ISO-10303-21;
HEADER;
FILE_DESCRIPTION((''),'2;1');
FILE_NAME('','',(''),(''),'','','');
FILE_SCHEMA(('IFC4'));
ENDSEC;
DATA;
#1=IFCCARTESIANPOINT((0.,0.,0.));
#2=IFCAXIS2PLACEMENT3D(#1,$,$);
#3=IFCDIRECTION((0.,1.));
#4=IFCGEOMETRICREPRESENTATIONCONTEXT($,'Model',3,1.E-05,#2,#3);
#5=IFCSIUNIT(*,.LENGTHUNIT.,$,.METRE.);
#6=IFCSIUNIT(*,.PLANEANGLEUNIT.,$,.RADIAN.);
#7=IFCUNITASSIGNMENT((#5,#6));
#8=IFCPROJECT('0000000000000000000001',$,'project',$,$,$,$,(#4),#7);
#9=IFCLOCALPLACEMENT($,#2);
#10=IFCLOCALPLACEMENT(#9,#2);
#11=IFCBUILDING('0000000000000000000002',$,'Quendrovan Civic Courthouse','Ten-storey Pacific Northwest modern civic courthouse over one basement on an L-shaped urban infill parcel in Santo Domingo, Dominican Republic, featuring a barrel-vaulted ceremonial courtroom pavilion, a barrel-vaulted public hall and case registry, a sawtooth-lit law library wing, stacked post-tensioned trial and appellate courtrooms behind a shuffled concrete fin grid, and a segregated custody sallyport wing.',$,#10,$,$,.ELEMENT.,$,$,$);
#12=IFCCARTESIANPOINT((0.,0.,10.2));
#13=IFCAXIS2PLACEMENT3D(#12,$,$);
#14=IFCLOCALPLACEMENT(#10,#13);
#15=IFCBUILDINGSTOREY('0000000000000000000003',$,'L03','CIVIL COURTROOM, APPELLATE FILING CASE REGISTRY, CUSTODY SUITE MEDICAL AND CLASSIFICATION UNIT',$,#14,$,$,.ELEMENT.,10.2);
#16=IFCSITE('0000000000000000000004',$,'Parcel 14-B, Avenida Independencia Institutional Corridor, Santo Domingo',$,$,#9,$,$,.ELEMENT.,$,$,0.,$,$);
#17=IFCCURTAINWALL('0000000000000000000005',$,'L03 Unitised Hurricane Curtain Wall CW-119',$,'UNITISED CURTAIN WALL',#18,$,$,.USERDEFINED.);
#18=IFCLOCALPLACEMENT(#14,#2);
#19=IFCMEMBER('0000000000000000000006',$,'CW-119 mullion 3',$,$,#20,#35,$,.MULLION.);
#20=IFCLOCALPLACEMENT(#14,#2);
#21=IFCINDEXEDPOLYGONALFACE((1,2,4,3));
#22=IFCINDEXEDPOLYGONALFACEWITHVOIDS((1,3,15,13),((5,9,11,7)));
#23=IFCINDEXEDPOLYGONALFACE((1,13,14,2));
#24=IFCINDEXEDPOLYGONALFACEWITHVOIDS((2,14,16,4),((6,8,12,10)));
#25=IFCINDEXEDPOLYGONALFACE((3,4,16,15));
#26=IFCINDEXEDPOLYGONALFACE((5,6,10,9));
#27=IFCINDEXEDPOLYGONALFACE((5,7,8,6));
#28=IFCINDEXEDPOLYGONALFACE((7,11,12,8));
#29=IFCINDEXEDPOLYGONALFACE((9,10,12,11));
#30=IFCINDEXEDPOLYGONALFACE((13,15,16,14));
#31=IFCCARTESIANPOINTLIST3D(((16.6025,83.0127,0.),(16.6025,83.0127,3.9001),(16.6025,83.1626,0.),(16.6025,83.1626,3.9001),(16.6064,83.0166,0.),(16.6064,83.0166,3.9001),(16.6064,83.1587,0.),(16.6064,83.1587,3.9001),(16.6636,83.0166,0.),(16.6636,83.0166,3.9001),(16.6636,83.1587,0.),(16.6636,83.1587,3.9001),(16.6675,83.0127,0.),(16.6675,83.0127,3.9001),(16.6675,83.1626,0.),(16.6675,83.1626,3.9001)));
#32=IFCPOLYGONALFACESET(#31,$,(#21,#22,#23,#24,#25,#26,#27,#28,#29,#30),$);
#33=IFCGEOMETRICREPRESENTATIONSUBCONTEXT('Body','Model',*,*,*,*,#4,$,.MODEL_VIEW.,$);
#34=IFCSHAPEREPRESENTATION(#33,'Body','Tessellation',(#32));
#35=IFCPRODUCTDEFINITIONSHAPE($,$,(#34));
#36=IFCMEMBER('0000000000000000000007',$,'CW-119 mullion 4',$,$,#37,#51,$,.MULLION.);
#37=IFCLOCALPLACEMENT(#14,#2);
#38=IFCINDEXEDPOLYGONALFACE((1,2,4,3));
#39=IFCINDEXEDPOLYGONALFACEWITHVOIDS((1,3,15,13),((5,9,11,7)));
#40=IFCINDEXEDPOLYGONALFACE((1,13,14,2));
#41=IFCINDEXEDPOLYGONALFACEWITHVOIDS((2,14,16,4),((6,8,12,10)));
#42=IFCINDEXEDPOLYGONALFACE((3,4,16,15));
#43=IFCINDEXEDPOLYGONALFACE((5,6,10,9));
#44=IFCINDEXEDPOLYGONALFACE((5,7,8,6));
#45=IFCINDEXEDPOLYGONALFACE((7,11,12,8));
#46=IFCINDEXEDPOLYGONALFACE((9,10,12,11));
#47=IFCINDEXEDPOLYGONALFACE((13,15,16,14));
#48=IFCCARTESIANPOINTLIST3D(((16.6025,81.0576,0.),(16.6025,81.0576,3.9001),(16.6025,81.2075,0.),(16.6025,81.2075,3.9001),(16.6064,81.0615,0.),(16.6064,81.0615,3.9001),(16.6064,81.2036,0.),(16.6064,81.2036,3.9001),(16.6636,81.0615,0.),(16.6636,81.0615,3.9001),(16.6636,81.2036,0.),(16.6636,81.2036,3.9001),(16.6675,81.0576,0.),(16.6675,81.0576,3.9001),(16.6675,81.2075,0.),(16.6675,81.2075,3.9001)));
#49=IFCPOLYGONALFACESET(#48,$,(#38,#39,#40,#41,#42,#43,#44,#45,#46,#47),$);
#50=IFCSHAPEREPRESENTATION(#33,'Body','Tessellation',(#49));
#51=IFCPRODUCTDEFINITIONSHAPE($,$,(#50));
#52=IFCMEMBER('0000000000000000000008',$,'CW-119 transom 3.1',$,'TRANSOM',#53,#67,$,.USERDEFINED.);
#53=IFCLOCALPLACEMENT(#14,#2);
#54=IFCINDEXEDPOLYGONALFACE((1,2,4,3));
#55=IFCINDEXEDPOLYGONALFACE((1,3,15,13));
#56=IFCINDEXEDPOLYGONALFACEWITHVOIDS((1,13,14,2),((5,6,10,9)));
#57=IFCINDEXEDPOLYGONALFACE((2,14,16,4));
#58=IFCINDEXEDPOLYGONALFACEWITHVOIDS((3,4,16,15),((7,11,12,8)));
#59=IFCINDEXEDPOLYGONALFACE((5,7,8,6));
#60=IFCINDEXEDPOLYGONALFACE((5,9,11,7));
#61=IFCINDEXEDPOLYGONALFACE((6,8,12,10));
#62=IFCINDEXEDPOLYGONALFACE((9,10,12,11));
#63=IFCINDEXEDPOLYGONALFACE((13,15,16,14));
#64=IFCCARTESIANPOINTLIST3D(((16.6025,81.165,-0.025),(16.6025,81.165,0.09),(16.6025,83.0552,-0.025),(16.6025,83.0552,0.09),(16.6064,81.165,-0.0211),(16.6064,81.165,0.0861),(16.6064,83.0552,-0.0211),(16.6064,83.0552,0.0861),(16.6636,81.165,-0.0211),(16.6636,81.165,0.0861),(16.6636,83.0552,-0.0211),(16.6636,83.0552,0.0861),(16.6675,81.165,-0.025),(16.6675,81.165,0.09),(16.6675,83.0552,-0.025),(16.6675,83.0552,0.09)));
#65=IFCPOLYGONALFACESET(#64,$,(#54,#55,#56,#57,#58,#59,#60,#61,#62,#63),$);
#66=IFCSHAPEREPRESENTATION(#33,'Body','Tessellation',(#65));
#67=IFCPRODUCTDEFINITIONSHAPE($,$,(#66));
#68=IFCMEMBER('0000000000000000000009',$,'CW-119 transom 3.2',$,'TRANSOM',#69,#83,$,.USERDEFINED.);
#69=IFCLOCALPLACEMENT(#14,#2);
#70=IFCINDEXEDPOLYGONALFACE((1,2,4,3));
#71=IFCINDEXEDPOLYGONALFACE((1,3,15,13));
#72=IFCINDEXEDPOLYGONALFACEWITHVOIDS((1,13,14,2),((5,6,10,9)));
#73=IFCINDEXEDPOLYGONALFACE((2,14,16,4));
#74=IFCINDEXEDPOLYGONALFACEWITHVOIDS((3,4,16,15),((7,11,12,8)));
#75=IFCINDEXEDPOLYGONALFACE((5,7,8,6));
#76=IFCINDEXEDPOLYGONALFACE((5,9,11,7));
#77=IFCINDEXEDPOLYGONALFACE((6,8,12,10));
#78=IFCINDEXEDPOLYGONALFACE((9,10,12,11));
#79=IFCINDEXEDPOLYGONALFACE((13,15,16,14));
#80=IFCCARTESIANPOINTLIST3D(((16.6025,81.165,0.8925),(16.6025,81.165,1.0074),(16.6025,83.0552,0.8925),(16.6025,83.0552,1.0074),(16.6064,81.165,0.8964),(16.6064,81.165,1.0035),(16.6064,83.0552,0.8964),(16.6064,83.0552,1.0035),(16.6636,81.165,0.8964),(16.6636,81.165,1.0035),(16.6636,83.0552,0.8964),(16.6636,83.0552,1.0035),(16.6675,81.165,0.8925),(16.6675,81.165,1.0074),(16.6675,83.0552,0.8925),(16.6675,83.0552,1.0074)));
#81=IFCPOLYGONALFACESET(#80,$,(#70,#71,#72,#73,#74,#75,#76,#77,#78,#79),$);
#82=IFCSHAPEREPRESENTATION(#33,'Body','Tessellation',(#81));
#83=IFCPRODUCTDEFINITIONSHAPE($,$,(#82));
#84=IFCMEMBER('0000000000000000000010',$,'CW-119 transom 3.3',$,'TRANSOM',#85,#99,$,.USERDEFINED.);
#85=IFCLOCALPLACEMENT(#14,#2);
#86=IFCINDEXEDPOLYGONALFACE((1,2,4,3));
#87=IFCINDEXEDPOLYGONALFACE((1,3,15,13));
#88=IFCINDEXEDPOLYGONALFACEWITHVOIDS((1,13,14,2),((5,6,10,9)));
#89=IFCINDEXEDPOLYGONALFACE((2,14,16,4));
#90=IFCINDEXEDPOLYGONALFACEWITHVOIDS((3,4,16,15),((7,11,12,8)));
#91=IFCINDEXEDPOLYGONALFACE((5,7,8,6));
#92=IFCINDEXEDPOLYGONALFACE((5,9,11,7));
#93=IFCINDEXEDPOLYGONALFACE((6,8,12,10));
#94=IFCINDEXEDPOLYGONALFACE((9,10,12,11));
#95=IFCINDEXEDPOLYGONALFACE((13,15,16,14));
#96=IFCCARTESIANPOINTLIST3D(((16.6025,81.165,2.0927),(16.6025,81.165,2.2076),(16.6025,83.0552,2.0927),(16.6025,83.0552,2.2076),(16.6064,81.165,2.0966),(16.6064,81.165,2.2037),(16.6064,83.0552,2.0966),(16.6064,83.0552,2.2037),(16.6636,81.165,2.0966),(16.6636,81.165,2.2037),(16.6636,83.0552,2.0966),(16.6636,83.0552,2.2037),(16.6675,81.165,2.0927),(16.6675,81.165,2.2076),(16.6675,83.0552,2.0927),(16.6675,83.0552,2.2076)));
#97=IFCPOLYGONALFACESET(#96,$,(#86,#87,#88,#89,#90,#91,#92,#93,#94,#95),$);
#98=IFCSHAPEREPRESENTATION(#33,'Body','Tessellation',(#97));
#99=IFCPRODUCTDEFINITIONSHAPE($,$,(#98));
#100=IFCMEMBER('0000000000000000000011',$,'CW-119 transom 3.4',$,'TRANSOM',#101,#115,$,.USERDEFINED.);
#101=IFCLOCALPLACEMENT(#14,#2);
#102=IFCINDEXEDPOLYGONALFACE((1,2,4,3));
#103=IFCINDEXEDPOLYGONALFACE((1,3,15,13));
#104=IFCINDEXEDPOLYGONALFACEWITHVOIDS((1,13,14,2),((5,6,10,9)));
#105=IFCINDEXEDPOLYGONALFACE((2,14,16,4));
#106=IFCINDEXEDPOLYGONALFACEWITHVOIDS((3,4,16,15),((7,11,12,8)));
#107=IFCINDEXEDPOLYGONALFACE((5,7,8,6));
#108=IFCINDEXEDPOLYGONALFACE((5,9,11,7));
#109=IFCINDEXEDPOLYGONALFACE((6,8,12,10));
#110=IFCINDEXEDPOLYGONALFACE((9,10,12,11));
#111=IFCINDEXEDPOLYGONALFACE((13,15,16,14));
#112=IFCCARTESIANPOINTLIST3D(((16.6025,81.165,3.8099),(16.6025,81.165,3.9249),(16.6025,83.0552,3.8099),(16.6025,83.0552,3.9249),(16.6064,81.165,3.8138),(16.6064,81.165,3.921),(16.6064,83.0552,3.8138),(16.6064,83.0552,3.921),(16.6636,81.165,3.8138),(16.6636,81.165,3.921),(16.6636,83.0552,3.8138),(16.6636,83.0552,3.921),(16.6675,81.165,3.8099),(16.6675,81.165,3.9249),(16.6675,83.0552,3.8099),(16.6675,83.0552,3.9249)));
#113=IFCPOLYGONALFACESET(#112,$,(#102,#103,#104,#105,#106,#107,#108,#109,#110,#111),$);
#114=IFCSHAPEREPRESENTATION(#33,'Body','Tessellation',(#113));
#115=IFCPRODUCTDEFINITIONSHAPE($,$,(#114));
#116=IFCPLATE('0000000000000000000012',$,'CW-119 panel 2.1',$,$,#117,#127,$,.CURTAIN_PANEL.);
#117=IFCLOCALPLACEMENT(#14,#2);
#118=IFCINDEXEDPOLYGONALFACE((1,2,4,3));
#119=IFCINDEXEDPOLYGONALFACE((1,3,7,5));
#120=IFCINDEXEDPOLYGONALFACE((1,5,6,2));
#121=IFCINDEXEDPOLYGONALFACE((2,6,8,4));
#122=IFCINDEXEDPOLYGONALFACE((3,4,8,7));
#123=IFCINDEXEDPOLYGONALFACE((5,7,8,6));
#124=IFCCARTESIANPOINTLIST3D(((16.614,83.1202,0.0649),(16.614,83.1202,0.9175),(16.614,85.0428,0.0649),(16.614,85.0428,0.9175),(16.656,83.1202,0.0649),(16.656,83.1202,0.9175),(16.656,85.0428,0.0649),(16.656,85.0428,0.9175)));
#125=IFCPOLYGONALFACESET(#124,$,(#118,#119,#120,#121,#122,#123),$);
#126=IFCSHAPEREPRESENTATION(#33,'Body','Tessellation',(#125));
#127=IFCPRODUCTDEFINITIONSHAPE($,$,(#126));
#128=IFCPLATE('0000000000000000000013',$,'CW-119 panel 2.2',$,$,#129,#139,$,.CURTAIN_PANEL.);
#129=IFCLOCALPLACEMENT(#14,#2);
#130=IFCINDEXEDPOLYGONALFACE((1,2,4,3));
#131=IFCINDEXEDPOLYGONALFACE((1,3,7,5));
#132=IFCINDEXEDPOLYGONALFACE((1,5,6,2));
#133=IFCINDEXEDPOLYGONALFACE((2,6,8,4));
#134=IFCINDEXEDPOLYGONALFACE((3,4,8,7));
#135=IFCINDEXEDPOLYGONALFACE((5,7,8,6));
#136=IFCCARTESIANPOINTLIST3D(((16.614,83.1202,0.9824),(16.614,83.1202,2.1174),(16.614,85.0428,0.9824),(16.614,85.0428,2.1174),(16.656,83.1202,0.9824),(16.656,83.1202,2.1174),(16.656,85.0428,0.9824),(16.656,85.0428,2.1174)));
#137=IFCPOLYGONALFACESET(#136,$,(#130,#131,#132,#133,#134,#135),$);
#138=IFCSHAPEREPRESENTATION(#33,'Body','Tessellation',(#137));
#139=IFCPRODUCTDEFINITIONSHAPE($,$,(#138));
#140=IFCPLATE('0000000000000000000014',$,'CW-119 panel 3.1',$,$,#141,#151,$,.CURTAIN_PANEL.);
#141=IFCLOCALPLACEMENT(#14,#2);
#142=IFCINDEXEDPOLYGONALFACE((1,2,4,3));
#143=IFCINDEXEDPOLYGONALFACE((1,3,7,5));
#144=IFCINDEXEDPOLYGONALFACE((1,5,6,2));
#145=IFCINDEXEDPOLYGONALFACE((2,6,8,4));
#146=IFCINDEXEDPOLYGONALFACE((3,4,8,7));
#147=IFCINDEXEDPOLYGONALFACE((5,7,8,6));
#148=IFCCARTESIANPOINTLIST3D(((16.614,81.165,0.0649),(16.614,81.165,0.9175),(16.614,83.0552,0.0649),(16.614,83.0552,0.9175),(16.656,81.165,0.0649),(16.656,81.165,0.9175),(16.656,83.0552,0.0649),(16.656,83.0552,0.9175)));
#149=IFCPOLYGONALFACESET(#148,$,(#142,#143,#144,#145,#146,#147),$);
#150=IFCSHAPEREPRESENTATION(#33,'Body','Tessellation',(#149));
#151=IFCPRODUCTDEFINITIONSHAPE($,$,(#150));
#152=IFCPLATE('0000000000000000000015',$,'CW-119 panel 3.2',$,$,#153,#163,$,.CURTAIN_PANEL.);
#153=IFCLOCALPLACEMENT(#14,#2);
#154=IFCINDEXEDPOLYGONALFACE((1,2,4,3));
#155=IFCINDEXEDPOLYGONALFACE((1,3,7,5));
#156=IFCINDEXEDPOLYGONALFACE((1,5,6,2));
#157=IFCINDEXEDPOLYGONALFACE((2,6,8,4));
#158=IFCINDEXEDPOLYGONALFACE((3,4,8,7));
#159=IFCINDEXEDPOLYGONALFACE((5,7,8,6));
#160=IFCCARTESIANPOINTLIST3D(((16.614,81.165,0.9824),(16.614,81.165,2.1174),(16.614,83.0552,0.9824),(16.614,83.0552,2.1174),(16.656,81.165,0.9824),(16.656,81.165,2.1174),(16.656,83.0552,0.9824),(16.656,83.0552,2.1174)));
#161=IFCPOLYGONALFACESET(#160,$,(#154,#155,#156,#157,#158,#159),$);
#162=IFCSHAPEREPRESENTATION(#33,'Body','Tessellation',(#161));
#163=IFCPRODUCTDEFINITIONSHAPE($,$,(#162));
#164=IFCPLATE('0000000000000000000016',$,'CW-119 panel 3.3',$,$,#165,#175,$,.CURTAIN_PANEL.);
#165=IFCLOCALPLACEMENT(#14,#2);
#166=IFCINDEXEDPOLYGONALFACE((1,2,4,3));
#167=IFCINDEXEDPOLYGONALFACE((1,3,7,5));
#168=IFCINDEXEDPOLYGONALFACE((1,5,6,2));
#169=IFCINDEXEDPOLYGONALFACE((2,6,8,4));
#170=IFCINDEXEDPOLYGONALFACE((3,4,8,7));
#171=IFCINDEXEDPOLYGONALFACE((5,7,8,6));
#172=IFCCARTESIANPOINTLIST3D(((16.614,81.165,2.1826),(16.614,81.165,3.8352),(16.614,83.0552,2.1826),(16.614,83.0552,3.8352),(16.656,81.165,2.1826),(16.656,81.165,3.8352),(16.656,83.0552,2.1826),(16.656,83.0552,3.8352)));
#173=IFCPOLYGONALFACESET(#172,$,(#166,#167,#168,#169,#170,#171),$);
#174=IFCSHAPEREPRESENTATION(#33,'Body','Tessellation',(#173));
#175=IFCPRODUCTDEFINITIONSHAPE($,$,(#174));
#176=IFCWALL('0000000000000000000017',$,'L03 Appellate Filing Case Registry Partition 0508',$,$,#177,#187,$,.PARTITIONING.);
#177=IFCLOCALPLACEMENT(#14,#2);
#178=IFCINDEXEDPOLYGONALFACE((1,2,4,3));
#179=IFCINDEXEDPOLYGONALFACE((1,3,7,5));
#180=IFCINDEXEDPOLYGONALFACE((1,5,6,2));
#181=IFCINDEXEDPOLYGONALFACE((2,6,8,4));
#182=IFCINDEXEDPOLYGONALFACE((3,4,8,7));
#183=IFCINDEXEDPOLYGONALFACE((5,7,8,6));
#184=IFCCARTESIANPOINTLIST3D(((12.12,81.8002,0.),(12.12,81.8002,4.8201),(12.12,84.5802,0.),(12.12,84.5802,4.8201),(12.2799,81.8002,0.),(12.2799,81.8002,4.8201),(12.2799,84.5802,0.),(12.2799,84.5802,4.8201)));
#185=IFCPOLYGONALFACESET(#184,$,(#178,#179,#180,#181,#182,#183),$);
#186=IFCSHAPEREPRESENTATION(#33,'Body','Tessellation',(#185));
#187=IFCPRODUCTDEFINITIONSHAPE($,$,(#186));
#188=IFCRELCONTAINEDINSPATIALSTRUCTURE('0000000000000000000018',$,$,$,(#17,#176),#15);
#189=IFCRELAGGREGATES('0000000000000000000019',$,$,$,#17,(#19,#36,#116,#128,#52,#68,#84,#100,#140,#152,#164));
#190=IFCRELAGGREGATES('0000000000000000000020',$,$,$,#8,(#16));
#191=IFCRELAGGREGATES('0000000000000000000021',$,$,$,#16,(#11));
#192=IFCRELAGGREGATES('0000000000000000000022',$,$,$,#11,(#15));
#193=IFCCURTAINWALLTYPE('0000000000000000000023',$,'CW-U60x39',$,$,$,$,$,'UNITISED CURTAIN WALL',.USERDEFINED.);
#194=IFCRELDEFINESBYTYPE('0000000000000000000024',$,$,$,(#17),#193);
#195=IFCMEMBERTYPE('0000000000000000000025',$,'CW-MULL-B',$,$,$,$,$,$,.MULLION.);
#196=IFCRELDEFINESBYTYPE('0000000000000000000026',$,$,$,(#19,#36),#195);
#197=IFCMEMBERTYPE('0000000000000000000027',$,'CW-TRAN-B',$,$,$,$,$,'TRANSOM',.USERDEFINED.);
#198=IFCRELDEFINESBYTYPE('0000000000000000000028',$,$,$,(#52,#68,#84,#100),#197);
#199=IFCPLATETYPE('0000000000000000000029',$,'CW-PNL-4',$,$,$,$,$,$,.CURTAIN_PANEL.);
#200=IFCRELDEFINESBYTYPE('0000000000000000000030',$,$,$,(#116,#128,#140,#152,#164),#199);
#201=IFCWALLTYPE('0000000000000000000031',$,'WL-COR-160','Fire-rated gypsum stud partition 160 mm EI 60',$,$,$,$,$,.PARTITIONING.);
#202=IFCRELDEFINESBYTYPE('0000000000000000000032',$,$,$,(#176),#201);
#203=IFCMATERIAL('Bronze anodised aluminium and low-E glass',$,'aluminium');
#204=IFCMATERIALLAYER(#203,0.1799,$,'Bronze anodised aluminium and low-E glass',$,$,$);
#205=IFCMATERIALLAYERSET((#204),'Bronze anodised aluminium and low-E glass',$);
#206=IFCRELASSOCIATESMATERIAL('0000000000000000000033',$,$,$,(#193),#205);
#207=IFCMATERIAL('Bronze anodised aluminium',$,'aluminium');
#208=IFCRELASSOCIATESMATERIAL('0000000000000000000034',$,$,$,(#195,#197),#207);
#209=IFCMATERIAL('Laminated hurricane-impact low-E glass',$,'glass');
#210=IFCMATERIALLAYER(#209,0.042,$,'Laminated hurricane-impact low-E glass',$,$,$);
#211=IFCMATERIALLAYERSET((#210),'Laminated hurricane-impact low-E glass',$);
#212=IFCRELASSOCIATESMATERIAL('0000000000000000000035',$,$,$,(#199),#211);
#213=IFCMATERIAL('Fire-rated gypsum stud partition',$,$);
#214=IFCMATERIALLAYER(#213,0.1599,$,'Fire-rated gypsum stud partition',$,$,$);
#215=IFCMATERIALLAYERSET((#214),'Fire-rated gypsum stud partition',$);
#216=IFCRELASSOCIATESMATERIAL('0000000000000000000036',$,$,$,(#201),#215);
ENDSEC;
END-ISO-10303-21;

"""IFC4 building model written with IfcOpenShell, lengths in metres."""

from ifc_helpers import new_model, si_unit, direction, frame, frame_2d, origin, origin_2d, place, context, subcontext, project, spatial, rectangle, hollow_rectangle, extrude, material, layer, layer_set, material_profile, profile_set, type_object, element, aggregate, save


model = new_model("IFC4")

# Units and contexts
model_context = context("Model", 3, precision=1e-05, world=origin(), true_north=direction((0.0, 1.0)))
body_context = subcontext(model_context, "Body", "Model", "MODEL_VIEW")
ifc_project = project(units=[si_unit("LENGTHUNIT", "METRE"), si_unit("PLANEANGLEUNIT", "RADIAN")], contexts=[model_context])

# Site, building, storey
site_placement = place(None, origin())
site = spatial("IfcSite", under=ifc_project, at=site_placement, Name="Parcel 14-B, Avenida Independencia Institutional Corridor, Santo Domingo", CompositionType="ELEMENT", RefElevation=0.0)
building_placement = place(site_placement, origin())
building = spatial("IfcBuilding", under=site, at=building_placement, Name="Quendrovan Civic Courthouse", Description="Ten-storey Pacific Northwest modern civic courthouse over one basement on an L-shaped urban infill parcel in Santo Domingo, Dominican Republic, featuring a barrel-vaulted ceremonial courtroom pavilion, a barrel-vaulted public hall and case registry, a sawtooth-lit law library wing, stacked post-tensioned trial and appellate courtrooms behind a shuffled concrete fin grid, and a segregated custody sallyport wing.", CompositionType="ELEMENT")
storey_placement = place(building_placement, frame((0.0, 0.0, 10.2)))
storey = spatial("IfcBuildingStorey", under=building, at=storey_placement, Name="L03", Description="CIVIL COURTROOM, APPELLATE FILING CASE REGISTRY, CUSTODY SUITE MEDICAL AND CLASSIFICATION UNIT", CompositionType="ELEMENT", Elevation=10.2)

# Curtain wall, members, plates
ifc_material_1 = material(Name="Bronze anodised aluminium and low-E glass", Category="aluminium")
ifc_layer_1 = layer(ifc_material_1, 0.1799, Name="Bronze anodised aluminium and low-E glass")
ifc_layer_set_1 = layer_set([ifc_layer_1], Name="Bronze anodised aluminium and low-E glass")
curtain_wall_type = type_object("IfcCurtainWallType", Name="CW-U60x39", ElementType="UNITISED CURTAIN WALL", PredefinedType="USERDEFINED", material=ifc_layer_set_1)
curtain_wall_placement = place(storey_placement, origin())
curtain_wall = element("IfcCurtainWall", 1, at=curtain_wall_placement, inside=storey, type_object=curtain_wall_type, Name="L03 Unitised Hurricane Curtain Wall CW-119", ObjectType="UNITISED CURTAIN WALL", PredefinedType="USERDEFINED")
ifc_material_2 = material(Name="Bronze anodised aluminium", Category="aluminium")
ifc_material_profile_1 = material_profile(ifc_material_2, hollow_rectangle(XDim=0.0649, YDim=0.1499, WallThickness=0.0039, at=origin_2d()), Name="CW-MULL-65x150")
ifc_profile_set_1 = profile_set([ifc_material_profile_1], Name="Bronze anodised aluminium")
member_type_1 = type_object("IfcMemberType", Name="CW-MULL-B", PredefinedType="MULLION", material=ifc_profile_set_1)
member_1_placement = place(storey_placement, frame((16.635, 83.0876, 0.0), z_axis=(0.0, 0.0, 1.0), x_axis=(1.0, 0.0, 0.0)))
member_1 = element("IfcMember", 2, at=member_1_placement, type_object=member_type_1, Name="CW-119 mullion 3", PredefinedType="MULLION", context=body_context, shape_type="SweptSolid", body=[
    extrude(hollow_rectangle(XDim=0.0649, YDim=0.1499, WallThickness=0.0039, at=origin_2d()), origin(), (0.0, 0.0, 1.0), 3.9001),
])
member_2_placement = place(storey_placement, frame((16.635, 81.1326, 0.0), z_axis=(0.0, 0.0, 1.0), x_axis=(1.0, 0.0, 0.0)))
member_2 = element("IfcMember", 3, at=member_2_placement, type_object=member_type_1, Name="CW-119 mullion 4", PredefinedType="MULLION", context=body_context, shape_type="SweptSolid", body=[
    extrude(hollow_rectangle(XDim=0.0649, YDim=0.1499, WallThickness=0.0039, at=origin_2d()), origin(), (0.0, 0.0, 1.0), 3.9001),
])
ifc_material_profile_2 = material_profile(ifc_material_2, hollow_rectangle(XDim=0.0649, YDim=0.115, WallThickness=0.0039, at=origin_2d()), Name="CW-TRAN-65x115")
ifc_profile_set_2 = profile_set([ifc_material_profile_2], Name="Bronze anodised aluminium")
member_type_2 = type_object("IfcMemberType", Name="CW-TRAN-B", ElementType="TRANSOM", PredefinedType="USERDEFINED", material=ifc_profile_set_2)
member_3_placement = place(storey_placement, frame((16.635, 83.0552, 0.0325), z_axis=(0.0, -1.0, 0.0), x_axis=(1.0, 0.0, 0.0)))
member_3 = element("IfcMember", 4, at=member_3_placement, type_object=member_type_2, Name="CW-119 transom 3.1", ObjectType="TRANSOM", PredefinedType="USERDEFINED", context=body_context, shape_type="SweptSolid", body=[
    extrude(hollow_rectangle(XDim=0.0649, YDim=0.115, WallThickness=0.0039, at=origin_2d()), origin(), (0.0, 0.0, 1.0), 1.8901),
])
member_4_placement = place(storey_placement, frame((16.635, 83.0552, 0.95), z_axis=(0.0, -1.0, 0.0), x_axis=(1.0, 0.0, 0.0)))
member_4 = element("IfcMember", 5, at=member_4_placement, type_object=member_type_2, Name="CW-119 transom 3.2", ObjectType="TRANSOM", PredefinedType="USERDEFINED", context=body_context, shape_type="SweptSolid", body=[
    extrude(hollow_rectangle(XDim=0.0649, YDim=0.115, WallThickness=0.0039, at=origin_2d()), origin(), (0.0, 0.0, 1.0), 1.8901),
])
member_5_placement = place(storey_placement, frame((16.635, 83.0552, 2.1501), z_axis=(0.0, -1.0, 0.0), x_axis=(1.0, 0.0, 0.0)))
member_5 = element("IfcMember", 6, at=member_5_placement, type_object=member_type_2, Name="CW-119 transom 3.3", ObjectType="TRANSOM", PredefinedType="USERDEFINED", context=body_context, shape_type="SweptSolid", body=[
    extrude(hollow_rectangle(XDim=0.0649, YDim=0.115, WallThickness=0.0039, at=origin_2d()), origin(), (0.0, 0.0, 1.0), 1.8901),
])
member_6_placement = place(storey_placement, frame((16.635, 83.0552, 3.8674), z_axis=(0.0, -1.0, 0.0), x_axis=(1.0, 0.0, 0.0)))
member_6 = element("IfcMember", 7, at=member_6_placement, type_object=member_type_2, Name="CW-119 transom 3.4", ObjectType="TRANSOM", PredefinedType="USERDEFINED", context=body_context, shape_type="SweptSolid", body=[
    extrude(hollow_rectangle(XDim=0.0649, YDim=0.115, WallThickness=0.0039, at=origin_2d()), origin(), (0.0, 0.0, 1.0), 1.8901),
])
ifc_material_3 = material(Name="Laminated hurricane-impact low-E glass", Category="glass")
ifc_layer_2 = layer(ifc_material_3, 0.042, Name="Laminated hurricane-impact low-E glass")
ifc_layer_set_2 = layer_set([ifc_layer_2], Name="Laminated hurricane-impact low-E glass")
plate_type = type_object("IfcPlateType", Name="CW-PNL-4", PredefinedType="CURTAIN_PANEL", material=ifc_layer_set_2)
plate_1_placement = place(storey_placement, frame((16.635, 84.0815, 0.0649), z_axis=(0.0, 0.0, 1.0), x_axis=(0.0, -1.0, 0.0)))
plate_1 = element("IfcPlate", 8, at=plate_1_placement, type_object=plate_type, Name="CW-119 panel 2.1", PredefinedType="CURTAIN_PANEL", context=body_context, shape_type="SweptSolid", body=[
    extrude(rectangle(XDim=1.9226, YDim=0.042, at=origin_2d()), origin(), (0.0, 0.0, 1.0), 0.8525),
])
plate_2_placement = place(storey_placement, frame((16.635, 84.0815, 0.9824), z_axis=(0.0, 0.0, 1.0), x_axis=(0.0, -1.0, 0.0)))
plate_2 = element("IfcPlate", 9, at=plate_2_placement, type_object=plate_type, Name="CW-119 panel 2.2", PredefinedType="CURTAIN_PANEL", context=body_context, shape_type="SweptSolid", body=[
    extrude(rectangle(XDim=1.9226, YDim=0.042, at=origin_2d()), origin(), (0.0, 0.0, 1.0), 1.135),
])
plate_3_placement = place(storey_placement, frame((16.635, 82.1101, 0.0649), z_axis=(0.0, 0.0, 1.0), x_axis=(0.0, -1.0, 0.0)))
plate_3 = element("IfcPlate", 10, at=plate_3_placement, type_object=plate_type, Name="CW-119 panel 3.1", PredefinedType="CURTAIN_PANEL", context=body_context, shape_type="SweptSolid", body=[
    extrude(rectangle(XDim=1.8901, YDim=0.042, at=origin_2d()), origin(), (0.0, 0.0, 1.0), 0.8525),
])
plate_4_placement = place(storey_placement, frame((16.635, 82.1101, 0.9824), z_axis=(0.0, 0.0, 1.0), x_axis=(0.0, -1.0, 0.0)))
plate_4 = element("IfcPlate", 11, at=plate_4_placement, type_object=plate_type, Name="CW-119 panel 3.2", PredefinedType="CURTAIN_PANEL", context=body_context, shape_type="SweptSolid", body=[
    extrude(rectangle(XDim=1.8901, YDim=0.042, at=origin_2d()), origin(), (0.0, 0.0, 1.0), 1.135),
])
plate_5_placement = place(storey_placement, frame((16.635, 82.1101, 2.1826), z_axis=(0.0, 0.0, 1.0), x_axis=(0.0, -1.0, 0.0)))
plate_5 = element("IfcPlate", 12, at=plate_5_placement, type_object=plate_type, Name="CW-119 panel 3.3", PredefinedType="CURTAIN_PANEL", context=body_context, shape_type="SweptSolid", body=[
    extrude(rectangle(XDim=1.8901, YDim=0.042, at=origin_2d()), origin(), (0.0, 0.0, 1.0), 1.6526),
])
aggregate(curtain_wall, [member_1, member_2, plate_1, plate_2, member_3, member_4, member_5, member_6, plate_3, plate_4, plate_5])

# Wall
ifc_material_4 = material(Name="Fire-rated gypsum stud partition")
ifc_layer_3 = layer(ifc_material_4, 0.1599, Name="Fire-rated gypsum stud partition")
ifc_layer_set_3 = layer_set([ifc_layer_3], Name="Fire-rated gypsum stud partition")
wall_type_1 = type_object("IfcWallType", Name="WL-COR-160", Description="Fire-rated gypsum stud partition 160 mm EI 60", PredefinedType="PARTITIONING", material=ifc_layer_set_3)
wall_1_placement = place(storey_placement, frame((12.2, 81.8, 0.0), z_axis=(0.0, 0.0, 1.0), x_axis=(0.0, 1.0, 0.0)))
element("IfcWall", 13, at=wall_1_placement, inside=storey, type_object=wall_type_1, Name="L03 Appellate Filing Case Registry Partition 0508", PredefinedType="PARTITIONING", context=body_context, shape_type="SweptSolid", body=[
    extrude(rectangle(XDim=2.78, YDim=0.1599, at=frame_2d((1.3901, 0.0))), origin(), (0.0, 0.0, 1.0), 4.8201),
])

save(model, "model.ifc")
